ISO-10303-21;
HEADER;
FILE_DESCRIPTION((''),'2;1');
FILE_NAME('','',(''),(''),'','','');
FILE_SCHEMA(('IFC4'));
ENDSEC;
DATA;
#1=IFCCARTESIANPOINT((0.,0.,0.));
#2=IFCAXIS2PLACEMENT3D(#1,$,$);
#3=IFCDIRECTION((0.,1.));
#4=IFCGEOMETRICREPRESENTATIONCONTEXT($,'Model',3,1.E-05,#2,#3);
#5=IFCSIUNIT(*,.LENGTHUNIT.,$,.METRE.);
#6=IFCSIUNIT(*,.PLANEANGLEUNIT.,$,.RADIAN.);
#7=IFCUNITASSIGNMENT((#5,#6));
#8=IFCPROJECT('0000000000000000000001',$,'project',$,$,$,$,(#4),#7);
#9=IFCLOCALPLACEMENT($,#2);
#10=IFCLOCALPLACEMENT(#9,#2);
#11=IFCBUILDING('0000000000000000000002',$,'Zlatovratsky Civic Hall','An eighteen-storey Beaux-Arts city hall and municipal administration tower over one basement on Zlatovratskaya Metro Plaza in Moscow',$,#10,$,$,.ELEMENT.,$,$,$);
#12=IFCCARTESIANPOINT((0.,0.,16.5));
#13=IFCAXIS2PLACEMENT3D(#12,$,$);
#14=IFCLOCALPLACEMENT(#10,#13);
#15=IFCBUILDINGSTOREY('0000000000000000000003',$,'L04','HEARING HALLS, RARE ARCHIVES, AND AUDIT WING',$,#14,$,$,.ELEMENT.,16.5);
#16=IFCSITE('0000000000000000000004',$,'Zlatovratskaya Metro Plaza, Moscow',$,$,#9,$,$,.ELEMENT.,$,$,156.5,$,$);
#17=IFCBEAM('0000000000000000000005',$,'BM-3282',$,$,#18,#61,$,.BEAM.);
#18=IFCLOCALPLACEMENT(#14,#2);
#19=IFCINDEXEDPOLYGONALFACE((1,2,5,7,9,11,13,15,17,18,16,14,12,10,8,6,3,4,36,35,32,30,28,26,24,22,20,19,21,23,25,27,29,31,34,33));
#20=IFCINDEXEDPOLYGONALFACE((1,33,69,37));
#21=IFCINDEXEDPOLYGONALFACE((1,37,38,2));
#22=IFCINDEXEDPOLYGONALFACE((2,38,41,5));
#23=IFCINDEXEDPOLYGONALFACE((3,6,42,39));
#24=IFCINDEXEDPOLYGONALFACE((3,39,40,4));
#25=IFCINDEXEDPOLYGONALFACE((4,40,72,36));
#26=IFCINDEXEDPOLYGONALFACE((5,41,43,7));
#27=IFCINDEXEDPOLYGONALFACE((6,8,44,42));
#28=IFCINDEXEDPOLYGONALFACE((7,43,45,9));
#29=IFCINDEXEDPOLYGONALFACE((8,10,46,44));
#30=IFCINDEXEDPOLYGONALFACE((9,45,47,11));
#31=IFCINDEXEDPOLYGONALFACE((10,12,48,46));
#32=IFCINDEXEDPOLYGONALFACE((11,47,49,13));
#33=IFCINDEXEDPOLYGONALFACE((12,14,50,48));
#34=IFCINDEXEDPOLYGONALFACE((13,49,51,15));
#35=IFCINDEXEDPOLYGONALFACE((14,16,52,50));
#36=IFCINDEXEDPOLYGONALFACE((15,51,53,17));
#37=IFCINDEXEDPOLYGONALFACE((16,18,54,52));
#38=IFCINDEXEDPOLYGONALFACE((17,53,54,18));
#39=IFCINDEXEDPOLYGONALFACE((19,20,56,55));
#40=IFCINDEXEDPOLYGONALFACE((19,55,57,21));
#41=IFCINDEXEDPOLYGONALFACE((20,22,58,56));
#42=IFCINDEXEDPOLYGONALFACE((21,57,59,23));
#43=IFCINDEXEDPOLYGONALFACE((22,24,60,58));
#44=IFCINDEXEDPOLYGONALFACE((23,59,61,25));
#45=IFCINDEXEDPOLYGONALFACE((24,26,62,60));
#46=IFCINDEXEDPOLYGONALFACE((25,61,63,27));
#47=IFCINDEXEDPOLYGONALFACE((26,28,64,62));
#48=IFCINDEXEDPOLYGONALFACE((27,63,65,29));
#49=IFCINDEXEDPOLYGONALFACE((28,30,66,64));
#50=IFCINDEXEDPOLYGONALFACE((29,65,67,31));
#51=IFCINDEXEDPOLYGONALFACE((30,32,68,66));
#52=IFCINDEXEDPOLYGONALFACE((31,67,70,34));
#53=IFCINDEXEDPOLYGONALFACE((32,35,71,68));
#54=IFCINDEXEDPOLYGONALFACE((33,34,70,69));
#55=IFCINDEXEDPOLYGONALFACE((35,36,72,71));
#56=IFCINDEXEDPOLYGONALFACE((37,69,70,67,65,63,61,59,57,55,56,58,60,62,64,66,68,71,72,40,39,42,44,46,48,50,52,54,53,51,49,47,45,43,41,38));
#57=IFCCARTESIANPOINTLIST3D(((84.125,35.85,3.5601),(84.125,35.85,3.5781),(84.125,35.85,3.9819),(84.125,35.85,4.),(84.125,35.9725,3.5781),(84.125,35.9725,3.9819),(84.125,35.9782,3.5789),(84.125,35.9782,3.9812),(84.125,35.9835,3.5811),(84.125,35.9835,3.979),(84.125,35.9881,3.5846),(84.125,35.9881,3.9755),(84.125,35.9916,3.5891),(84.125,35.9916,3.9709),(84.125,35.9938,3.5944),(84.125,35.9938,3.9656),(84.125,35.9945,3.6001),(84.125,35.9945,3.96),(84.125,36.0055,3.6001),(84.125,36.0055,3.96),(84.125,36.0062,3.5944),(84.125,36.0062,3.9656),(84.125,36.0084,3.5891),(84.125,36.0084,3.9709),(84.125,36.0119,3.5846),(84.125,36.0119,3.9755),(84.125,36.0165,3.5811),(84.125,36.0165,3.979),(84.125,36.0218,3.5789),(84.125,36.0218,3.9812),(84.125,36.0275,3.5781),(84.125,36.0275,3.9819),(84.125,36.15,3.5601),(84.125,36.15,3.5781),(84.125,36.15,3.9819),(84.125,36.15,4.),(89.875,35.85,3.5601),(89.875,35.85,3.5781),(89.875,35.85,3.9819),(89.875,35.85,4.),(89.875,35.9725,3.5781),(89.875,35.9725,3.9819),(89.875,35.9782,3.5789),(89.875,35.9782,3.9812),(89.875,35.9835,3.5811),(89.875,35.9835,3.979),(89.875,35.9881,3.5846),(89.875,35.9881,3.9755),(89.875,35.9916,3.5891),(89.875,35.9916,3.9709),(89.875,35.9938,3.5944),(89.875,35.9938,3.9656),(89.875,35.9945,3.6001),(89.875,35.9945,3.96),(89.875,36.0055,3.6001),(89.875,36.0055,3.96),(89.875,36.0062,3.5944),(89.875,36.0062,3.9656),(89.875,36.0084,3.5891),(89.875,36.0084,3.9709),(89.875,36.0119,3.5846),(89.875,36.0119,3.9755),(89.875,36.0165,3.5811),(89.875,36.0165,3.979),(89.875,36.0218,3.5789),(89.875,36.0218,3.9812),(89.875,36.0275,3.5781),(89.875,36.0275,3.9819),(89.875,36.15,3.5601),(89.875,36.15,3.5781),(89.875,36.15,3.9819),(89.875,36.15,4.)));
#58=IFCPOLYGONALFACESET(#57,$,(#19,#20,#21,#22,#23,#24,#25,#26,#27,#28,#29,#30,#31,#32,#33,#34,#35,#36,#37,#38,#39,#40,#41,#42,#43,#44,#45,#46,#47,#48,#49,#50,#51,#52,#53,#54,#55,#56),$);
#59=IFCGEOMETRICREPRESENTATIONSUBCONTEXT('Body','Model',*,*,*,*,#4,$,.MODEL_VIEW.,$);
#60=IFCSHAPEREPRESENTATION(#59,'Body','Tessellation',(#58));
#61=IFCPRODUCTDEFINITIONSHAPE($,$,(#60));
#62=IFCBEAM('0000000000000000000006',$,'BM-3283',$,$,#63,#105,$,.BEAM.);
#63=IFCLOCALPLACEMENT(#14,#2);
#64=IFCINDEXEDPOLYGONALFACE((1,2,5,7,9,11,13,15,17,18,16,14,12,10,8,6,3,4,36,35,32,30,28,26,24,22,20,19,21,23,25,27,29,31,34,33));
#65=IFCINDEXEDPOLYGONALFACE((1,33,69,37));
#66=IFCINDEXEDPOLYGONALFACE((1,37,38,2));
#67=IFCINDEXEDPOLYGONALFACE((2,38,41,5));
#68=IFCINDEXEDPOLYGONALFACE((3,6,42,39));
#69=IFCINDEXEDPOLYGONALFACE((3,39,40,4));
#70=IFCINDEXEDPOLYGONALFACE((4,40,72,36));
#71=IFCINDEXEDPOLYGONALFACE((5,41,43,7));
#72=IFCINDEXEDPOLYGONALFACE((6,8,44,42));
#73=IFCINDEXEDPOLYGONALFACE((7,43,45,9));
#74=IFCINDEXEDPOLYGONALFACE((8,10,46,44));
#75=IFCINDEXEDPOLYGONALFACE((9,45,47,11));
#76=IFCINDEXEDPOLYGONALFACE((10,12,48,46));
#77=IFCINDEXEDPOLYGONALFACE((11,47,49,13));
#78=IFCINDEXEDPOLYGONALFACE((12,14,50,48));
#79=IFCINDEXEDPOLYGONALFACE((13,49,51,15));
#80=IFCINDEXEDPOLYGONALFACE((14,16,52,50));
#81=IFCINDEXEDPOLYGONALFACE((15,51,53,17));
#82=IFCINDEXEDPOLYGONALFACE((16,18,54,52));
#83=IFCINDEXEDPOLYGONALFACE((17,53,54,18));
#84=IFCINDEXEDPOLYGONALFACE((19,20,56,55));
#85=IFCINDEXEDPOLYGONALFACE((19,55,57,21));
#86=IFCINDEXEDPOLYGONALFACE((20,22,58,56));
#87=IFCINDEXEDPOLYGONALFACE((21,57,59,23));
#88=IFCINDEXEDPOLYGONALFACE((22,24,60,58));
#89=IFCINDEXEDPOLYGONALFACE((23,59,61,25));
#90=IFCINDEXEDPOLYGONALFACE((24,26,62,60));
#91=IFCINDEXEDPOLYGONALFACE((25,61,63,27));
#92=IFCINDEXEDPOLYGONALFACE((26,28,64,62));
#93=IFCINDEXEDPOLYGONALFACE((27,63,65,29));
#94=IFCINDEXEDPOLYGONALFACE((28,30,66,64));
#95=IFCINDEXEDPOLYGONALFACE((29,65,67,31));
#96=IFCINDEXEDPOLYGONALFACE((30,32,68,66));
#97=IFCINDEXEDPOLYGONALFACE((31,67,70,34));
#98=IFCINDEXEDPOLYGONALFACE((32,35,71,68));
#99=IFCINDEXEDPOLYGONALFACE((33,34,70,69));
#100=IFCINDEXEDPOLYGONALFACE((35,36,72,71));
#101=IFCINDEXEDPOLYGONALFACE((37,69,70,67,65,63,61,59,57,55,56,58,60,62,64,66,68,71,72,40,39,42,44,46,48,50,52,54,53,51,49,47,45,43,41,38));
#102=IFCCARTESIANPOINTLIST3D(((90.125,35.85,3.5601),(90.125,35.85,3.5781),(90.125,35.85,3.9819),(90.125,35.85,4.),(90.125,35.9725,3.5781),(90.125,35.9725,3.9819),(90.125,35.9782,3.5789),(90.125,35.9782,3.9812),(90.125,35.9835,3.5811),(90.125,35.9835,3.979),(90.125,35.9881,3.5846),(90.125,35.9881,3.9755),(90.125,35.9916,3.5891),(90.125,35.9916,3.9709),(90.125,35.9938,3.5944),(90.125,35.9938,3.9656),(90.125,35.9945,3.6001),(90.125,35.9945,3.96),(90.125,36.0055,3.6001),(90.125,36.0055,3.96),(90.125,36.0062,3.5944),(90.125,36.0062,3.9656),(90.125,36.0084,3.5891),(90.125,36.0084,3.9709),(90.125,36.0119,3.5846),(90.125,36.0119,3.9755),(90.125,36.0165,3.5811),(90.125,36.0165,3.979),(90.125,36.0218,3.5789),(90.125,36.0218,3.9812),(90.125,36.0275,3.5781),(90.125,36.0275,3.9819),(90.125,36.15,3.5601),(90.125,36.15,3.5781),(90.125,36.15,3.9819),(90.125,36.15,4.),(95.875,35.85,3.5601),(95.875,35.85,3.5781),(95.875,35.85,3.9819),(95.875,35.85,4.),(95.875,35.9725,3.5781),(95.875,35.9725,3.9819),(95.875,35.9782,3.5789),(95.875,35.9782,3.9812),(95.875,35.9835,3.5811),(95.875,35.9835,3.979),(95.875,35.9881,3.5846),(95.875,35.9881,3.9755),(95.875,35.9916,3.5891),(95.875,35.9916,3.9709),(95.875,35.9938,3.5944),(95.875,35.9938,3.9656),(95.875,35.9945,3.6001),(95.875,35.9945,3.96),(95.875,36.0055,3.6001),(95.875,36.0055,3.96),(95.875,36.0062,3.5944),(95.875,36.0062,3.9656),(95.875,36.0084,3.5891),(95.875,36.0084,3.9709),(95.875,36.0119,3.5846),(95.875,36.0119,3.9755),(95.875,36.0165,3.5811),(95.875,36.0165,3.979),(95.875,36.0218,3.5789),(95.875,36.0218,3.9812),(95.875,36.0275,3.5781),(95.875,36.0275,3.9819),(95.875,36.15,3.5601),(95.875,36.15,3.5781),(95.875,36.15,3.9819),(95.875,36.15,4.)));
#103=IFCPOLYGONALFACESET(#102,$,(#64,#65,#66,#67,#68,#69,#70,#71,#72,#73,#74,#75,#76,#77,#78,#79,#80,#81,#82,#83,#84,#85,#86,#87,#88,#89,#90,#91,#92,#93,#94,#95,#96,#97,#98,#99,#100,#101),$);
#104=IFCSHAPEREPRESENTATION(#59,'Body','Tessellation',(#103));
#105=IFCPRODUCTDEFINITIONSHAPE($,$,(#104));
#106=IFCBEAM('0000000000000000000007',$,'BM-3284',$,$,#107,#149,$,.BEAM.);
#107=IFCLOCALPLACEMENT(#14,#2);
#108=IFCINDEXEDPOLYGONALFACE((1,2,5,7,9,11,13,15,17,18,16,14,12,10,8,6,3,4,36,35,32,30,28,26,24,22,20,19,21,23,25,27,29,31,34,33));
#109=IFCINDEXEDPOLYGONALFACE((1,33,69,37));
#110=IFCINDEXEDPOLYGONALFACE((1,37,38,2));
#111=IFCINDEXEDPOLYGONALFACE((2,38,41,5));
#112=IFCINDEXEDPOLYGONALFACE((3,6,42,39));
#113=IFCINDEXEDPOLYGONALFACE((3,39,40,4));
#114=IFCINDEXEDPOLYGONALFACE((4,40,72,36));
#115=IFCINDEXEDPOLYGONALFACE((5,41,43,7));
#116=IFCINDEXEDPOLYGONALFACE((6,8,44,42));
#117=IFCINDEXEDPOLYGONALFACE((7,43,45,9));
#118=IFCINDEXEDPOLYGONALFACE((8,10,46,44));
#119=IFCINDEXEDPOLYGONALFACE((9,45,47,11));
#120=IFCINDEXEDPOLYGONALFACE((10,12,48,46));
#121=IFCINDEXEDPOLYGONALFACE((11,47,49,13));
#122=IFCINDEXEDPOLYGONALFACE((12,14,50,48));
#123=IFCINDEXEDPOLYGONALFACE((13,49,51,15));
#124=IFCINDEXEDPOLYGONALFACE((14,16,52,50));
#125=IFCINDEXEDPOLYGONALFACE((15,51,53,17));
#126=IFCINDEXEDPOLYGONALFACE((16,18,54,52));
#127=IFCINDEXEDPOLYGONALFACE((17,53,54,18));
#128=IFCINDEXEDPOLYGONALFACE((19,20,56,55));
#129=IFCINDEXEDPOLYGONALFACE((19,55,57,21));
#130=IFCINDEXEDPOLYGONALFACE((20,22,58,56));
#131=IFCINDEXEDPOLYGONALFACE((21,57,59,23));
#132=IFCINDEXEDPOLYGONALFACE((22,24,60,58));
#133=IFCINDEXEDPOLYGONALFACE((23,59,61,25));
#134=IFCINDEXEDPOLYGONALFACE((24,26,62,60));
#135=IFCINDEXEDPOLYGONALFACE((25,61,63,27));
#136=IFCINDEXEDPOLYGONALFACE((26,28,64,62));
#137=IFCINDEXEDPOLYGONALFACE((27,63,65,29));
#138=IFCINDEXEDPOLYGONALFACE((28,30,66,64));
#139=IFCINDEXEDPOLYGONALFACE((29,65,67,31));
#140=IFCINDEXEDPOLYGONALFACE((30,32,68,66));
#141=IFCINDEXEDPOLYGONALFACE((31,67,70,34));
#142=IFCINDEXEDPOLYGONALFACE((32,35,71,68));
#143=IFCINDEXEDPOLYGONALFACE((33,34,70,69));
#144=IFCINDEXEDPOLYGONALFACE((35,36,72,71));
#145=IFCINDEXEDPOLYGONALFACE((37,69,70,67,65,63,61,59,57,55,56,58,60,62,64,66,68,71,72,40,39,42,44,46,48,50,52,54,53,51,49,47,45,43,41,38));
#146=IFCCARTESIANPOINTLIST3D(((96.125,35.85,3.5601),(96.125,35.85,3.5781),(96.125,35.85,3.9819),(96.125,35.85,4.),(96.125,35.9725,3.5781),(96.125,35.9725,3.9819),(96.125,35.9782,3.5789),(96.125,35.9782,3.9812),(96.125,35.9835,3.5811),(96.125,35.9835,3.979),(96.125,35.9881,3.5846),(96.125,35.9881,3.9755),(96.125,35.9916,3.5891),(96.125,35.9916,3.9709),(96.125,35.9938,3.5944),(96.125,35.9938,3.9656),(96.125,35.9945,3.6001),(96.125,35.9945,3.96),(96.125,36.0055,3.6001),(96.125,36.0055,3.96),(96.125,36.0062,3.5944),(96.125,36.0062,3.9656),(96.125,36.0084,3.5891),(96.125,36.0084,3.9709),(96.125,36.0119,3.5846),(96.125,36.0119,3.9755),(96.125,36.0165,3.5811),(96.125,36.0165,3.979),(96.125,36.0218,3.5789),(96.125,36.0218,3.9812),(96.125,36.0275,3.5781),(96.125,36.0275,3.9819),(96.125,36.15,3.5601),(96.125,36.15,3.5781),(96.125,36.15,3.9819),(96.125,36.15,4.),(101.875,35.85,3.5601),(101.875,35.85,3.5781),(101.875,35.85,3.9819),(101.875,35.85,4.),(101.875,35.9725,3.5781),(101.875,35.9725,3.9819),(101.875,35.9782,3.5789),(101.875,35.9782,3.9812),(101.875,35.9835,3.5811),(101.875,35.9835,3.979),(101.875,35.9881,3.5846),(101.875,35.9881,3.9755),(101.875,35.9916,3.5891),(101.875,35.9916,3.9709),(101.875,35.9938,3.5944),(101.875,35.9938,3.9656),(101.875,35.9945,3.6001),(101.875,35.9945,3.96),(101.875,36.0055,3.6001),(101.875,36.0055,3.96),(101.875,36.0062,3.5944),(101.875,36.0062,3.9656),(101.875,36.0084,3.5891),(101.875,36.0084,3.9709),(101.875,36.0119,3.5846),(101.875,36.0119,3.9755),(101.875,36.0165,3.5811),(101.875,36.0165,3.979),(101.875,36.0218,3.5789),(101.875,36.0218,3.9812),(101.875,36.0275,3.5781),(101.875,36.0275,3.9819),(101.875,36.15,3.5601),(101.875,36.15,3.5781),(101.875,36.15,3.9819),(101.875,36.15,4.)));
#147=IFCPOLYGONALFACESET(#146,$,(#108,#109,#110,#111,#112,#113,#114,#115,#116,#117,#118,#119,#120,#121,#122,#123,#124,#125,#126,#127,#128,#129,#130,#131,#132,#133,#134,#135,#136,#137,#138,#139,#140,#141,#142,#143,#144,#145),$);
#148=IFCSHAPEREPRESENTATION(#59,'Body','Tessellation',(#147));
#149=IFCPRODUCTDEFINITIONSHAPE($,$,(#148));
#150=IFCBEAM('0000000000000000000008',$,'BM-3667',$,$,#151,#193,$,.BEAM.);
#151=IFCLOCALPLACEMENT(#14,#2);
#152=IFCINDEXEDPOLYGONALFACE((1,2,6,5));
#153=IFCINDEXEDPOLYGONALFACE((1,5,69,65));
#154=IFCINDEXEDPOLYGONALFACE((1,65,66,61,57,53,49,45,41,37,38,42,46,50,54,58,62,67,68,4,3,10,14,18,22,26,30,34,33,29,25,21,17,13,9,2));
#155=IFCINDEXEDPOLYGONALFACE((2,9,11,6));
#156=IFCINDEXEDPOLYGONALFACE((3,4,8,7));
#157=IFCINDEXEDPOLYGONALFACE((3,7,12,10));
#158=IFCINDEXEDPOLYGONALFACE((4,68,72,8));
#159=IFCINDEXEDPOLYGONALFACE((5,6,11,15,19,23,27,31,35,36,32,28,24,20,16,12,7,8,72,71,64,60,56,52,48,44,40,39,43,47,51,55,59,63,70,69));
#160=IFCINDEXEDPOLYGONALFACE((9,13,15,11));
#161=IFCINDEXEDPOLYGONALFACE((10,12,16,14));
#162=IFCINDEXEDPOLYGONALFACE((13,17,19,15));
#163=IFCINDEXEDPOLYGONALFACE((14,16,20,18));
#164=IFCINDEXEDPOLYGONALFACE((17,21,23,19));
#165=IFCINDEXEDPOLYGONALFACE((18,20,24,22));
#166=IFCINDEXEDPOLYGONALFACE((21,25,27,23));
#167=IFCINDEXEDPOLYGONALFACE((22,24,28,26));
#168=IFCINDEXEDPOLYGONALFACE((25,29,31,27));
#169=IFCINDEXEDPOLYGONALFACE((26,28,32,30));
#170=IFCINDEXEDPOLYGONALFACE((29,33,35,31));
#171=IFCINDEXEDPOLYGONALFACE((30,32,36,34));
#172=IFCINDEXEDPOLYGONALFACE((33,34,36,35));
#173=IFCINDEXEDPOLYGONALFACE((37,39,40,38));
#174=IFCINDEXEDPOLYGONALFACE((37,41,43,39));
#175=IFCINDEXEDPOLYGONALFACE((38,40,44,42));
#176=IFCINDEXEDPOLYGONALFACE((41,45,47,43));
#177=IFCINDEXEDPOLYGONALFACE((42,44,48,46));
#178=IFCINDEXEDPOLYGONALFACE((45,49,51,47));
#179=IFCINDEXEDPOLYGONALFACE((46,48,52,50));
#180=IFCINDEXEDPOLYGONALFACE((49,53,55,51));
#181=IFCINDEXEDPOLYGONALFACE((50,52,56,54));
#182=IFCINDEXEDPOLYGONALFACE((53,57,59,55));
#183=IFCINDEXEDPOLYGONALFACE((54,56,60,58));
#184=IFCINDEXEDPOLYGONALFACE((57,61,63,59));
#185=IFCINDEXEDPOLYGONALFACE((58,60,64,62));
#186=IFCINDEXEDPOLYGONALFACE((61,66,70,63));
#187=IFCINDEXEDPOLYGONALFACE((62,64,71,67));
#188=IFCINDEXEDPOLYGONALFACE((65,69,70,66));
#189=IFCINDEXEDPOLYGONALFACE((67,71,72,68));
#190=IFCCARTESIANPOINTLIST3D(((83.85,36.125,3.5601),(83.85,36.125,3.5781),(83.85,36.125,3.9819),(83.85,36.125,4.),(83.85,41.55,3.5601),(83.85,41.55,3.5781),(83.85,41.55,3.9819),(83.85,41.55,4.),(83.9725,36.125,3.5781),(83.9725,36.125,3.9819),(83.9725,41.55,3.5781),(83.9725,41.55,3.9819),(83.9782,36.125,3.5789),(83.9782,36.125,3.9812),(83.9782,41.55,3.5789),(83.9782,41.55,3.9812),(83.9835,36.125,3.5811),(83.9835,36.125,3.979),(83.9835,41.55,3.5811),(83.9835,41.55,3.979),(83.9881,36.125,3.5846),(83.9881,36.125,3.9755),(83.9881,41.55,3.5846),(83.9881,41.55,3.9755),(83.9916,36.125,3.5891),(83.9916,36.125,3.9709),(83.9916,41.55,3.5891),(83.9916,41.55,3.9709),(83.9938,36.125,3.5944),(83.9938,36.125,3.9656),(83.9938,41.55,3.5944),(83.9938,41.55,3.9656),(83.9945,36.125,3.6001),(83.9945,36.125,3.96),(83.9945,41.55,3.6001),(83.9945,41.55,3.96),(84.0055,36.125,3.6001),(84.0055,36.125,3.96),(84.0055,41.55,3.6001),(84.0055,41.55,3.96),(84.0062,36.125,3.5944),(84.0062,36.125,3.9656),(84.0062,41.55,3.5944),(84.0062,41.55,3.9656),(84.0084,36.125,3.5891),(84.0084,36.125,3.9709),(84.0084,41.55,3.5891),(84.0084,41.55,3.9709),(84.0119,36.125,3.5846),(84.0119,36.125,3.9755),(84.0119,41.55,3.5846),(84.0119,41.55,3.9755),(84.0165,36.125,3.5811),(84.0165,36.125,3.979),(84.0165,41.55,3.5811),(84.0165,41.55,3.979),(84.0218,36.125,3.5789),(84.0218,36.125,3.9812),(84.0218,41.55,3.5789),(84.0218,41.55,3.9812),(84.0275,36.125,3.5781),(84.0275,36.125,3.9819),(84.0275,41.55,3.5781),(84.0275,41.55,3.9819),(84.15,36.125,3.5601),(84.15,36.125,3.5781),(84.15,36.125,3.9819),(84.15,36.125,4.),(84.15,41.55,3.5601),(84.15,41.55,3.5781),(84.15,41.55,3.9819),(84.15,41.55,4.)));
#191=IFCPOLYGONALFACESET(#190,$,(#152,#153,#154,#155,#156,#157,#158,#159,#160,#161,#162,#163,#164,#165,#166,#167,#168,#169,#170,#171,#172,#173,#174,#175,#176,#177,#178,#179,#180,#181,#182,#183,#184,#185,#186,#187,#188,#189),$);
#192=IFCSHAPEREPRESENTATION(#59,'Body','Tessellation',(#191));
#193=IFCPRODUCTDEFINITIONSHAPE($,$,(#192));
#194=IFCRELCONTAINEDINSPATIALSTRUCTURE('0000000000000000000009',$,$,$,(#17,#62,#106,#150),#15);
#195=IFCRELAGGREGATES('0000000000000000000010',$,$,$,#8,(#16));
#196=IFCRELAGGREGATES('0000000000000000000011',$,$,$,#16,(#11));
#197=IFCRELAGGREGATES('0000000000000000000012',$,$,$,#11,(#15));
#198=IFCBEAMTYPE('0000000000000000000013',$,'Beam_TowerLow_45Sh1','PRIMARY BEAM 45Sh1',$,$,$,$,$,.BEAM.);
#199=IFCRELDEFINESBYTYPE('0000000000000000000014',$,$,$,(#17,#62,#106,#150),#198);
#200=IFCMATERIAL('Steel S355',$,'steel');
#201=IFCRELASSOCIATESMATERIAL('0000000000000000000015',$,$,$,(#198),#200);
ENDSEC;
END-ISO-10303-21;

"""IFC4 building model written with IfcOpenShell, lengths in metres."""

from ifc_helpers import new_model, si_unit, direction, frame, origin, origin_2d, place, context, subcontext, project, spatial, i_section, extrude, material, material_profile, profile_set, type_object, element, save


model = new_model("IFC4")

# Units and contexts
model_context = context("Model", 3, precision=1e-05, world=origin(), true_north=direction((0.0, 1.0)))
body_context = subcontext(model_context, "Body", "Model", "MODEL_VIEW")
ifc_project = project(units=[si_unit("LENGTHUNIT", "METRE"), si_unit("PLANEANGLEUNIT", "RADIAN")], contexts=[model_context])

# Site, building, storey
site_placement = place(None, origin())
site = spatial("IfcSite", under=ifc_project, at=site_placement, Name="Zlatovratskaya Metro Plaza, Moscow", CompositionType="ELEMENT", RefElevation=156.5)
building_placement = place(site_placement, origin())
building = spatial("IfcBuilding", under=site, at=building_placement, Name="Zlatovratsky Civic Hall", Description="An eighteen-storey Beaux-Arts city hall and municipal administration tower over one basement on Zlatovratskaya Metro Plaza in Moscow", CompositionType="ELEMENT")
storey_placement = place(building_placement, frame((0.0, 0.0, 16.5)))
storey = spatial("IfcBuildingStorey", under=building, at=storey_placement, Name="L04", Description="HEARING HALLS, RARE ARCHIVES, AND AUDIT WING", CompositionType="ELEMENT", Elevation=16.5)

# Shared definitions
ifc_material_1 = material(Name="Steel S355", Category="steel")

# Beams
ifc_material_profile_1 = material_profile(ifc_material_1, i_section(OverallWidth=0.3, OverallDepth=0.4399, WebThickness=0.011, FlangeThickness=0.0181, FilletRadius=0.022, at=origin_2d()), Name="45Sh1")
ifc_profile_set_1 = profile_set([ifc_material_profile_1], Name="Steel S355")
beam_type_1 = type_object("IfcBeamType", Name="Beam_TowerLow_45Sh1", Description="PRIMARY BEAM 45Sh1", PredefinedType="BEAM", material=ifc_profile_set_1)
for number, where, z_axis, x_axis, name in (
    (1, (84.125, 36.0, 3.78), (1.0, 0.0, 0.0), (0.0, 1.0, 0.0), "BM-3282"),
    (2, (90.125, 36.0, 3.78), (1.0, 0.0, 0.0), (0.0, 1.0, 0.0), "BM-3283"),
    (3, (96.125, 36.0, 3.78), (1.0, 0.0, 0.0), (0.0, 1.0, 0.0), "BM-3284"),
):
    element("IfcBeam", number, at=place(storey_placement, frame(where, z_axis=z_axis, x_axis=x_axis)), inside=storey, type_object=beam_type_1, Name=name, PredefinedType="BEAM", context=body_context, shape_type="SweptSolid", body=[
        extrude(i_section(OverallWidth=0.3, OverallDepth=0.4399, WebThickness=0.011, FlangeThickness=0.0181, FilletRadius=0.022, at=origin_2d()), origin(), (0.0, 0.0, 1.0), 5.75),
    ])
for number, where, z_axis, x_axis, name in (
    (4, (84.0, 36.125, 3.78), (0.0, 1.0, 0.0), (-1.0, 0.0, 0.0), "BM-3667"),
):
    element("IfcBeam", number, at=place(storey_placement, frame(where, z_axis=z_axis, x_axis=x_axis)), inside=storey, type_object=beam_type_1, Name=name, PredefinedType="BEAM", context=body_context, shape_type="SweptSolid", body=[
        extrude(i_section(OverallWidth=0.3, OverallDepth=0.4399, WebThickness=0.011, FlangeThickness=0.0181, FilletRadius=0.022, at=origin_2d()), origin(), (0.0, 0.0, 1.0), 5.425),
    ])

save(model, "model.ifc")
